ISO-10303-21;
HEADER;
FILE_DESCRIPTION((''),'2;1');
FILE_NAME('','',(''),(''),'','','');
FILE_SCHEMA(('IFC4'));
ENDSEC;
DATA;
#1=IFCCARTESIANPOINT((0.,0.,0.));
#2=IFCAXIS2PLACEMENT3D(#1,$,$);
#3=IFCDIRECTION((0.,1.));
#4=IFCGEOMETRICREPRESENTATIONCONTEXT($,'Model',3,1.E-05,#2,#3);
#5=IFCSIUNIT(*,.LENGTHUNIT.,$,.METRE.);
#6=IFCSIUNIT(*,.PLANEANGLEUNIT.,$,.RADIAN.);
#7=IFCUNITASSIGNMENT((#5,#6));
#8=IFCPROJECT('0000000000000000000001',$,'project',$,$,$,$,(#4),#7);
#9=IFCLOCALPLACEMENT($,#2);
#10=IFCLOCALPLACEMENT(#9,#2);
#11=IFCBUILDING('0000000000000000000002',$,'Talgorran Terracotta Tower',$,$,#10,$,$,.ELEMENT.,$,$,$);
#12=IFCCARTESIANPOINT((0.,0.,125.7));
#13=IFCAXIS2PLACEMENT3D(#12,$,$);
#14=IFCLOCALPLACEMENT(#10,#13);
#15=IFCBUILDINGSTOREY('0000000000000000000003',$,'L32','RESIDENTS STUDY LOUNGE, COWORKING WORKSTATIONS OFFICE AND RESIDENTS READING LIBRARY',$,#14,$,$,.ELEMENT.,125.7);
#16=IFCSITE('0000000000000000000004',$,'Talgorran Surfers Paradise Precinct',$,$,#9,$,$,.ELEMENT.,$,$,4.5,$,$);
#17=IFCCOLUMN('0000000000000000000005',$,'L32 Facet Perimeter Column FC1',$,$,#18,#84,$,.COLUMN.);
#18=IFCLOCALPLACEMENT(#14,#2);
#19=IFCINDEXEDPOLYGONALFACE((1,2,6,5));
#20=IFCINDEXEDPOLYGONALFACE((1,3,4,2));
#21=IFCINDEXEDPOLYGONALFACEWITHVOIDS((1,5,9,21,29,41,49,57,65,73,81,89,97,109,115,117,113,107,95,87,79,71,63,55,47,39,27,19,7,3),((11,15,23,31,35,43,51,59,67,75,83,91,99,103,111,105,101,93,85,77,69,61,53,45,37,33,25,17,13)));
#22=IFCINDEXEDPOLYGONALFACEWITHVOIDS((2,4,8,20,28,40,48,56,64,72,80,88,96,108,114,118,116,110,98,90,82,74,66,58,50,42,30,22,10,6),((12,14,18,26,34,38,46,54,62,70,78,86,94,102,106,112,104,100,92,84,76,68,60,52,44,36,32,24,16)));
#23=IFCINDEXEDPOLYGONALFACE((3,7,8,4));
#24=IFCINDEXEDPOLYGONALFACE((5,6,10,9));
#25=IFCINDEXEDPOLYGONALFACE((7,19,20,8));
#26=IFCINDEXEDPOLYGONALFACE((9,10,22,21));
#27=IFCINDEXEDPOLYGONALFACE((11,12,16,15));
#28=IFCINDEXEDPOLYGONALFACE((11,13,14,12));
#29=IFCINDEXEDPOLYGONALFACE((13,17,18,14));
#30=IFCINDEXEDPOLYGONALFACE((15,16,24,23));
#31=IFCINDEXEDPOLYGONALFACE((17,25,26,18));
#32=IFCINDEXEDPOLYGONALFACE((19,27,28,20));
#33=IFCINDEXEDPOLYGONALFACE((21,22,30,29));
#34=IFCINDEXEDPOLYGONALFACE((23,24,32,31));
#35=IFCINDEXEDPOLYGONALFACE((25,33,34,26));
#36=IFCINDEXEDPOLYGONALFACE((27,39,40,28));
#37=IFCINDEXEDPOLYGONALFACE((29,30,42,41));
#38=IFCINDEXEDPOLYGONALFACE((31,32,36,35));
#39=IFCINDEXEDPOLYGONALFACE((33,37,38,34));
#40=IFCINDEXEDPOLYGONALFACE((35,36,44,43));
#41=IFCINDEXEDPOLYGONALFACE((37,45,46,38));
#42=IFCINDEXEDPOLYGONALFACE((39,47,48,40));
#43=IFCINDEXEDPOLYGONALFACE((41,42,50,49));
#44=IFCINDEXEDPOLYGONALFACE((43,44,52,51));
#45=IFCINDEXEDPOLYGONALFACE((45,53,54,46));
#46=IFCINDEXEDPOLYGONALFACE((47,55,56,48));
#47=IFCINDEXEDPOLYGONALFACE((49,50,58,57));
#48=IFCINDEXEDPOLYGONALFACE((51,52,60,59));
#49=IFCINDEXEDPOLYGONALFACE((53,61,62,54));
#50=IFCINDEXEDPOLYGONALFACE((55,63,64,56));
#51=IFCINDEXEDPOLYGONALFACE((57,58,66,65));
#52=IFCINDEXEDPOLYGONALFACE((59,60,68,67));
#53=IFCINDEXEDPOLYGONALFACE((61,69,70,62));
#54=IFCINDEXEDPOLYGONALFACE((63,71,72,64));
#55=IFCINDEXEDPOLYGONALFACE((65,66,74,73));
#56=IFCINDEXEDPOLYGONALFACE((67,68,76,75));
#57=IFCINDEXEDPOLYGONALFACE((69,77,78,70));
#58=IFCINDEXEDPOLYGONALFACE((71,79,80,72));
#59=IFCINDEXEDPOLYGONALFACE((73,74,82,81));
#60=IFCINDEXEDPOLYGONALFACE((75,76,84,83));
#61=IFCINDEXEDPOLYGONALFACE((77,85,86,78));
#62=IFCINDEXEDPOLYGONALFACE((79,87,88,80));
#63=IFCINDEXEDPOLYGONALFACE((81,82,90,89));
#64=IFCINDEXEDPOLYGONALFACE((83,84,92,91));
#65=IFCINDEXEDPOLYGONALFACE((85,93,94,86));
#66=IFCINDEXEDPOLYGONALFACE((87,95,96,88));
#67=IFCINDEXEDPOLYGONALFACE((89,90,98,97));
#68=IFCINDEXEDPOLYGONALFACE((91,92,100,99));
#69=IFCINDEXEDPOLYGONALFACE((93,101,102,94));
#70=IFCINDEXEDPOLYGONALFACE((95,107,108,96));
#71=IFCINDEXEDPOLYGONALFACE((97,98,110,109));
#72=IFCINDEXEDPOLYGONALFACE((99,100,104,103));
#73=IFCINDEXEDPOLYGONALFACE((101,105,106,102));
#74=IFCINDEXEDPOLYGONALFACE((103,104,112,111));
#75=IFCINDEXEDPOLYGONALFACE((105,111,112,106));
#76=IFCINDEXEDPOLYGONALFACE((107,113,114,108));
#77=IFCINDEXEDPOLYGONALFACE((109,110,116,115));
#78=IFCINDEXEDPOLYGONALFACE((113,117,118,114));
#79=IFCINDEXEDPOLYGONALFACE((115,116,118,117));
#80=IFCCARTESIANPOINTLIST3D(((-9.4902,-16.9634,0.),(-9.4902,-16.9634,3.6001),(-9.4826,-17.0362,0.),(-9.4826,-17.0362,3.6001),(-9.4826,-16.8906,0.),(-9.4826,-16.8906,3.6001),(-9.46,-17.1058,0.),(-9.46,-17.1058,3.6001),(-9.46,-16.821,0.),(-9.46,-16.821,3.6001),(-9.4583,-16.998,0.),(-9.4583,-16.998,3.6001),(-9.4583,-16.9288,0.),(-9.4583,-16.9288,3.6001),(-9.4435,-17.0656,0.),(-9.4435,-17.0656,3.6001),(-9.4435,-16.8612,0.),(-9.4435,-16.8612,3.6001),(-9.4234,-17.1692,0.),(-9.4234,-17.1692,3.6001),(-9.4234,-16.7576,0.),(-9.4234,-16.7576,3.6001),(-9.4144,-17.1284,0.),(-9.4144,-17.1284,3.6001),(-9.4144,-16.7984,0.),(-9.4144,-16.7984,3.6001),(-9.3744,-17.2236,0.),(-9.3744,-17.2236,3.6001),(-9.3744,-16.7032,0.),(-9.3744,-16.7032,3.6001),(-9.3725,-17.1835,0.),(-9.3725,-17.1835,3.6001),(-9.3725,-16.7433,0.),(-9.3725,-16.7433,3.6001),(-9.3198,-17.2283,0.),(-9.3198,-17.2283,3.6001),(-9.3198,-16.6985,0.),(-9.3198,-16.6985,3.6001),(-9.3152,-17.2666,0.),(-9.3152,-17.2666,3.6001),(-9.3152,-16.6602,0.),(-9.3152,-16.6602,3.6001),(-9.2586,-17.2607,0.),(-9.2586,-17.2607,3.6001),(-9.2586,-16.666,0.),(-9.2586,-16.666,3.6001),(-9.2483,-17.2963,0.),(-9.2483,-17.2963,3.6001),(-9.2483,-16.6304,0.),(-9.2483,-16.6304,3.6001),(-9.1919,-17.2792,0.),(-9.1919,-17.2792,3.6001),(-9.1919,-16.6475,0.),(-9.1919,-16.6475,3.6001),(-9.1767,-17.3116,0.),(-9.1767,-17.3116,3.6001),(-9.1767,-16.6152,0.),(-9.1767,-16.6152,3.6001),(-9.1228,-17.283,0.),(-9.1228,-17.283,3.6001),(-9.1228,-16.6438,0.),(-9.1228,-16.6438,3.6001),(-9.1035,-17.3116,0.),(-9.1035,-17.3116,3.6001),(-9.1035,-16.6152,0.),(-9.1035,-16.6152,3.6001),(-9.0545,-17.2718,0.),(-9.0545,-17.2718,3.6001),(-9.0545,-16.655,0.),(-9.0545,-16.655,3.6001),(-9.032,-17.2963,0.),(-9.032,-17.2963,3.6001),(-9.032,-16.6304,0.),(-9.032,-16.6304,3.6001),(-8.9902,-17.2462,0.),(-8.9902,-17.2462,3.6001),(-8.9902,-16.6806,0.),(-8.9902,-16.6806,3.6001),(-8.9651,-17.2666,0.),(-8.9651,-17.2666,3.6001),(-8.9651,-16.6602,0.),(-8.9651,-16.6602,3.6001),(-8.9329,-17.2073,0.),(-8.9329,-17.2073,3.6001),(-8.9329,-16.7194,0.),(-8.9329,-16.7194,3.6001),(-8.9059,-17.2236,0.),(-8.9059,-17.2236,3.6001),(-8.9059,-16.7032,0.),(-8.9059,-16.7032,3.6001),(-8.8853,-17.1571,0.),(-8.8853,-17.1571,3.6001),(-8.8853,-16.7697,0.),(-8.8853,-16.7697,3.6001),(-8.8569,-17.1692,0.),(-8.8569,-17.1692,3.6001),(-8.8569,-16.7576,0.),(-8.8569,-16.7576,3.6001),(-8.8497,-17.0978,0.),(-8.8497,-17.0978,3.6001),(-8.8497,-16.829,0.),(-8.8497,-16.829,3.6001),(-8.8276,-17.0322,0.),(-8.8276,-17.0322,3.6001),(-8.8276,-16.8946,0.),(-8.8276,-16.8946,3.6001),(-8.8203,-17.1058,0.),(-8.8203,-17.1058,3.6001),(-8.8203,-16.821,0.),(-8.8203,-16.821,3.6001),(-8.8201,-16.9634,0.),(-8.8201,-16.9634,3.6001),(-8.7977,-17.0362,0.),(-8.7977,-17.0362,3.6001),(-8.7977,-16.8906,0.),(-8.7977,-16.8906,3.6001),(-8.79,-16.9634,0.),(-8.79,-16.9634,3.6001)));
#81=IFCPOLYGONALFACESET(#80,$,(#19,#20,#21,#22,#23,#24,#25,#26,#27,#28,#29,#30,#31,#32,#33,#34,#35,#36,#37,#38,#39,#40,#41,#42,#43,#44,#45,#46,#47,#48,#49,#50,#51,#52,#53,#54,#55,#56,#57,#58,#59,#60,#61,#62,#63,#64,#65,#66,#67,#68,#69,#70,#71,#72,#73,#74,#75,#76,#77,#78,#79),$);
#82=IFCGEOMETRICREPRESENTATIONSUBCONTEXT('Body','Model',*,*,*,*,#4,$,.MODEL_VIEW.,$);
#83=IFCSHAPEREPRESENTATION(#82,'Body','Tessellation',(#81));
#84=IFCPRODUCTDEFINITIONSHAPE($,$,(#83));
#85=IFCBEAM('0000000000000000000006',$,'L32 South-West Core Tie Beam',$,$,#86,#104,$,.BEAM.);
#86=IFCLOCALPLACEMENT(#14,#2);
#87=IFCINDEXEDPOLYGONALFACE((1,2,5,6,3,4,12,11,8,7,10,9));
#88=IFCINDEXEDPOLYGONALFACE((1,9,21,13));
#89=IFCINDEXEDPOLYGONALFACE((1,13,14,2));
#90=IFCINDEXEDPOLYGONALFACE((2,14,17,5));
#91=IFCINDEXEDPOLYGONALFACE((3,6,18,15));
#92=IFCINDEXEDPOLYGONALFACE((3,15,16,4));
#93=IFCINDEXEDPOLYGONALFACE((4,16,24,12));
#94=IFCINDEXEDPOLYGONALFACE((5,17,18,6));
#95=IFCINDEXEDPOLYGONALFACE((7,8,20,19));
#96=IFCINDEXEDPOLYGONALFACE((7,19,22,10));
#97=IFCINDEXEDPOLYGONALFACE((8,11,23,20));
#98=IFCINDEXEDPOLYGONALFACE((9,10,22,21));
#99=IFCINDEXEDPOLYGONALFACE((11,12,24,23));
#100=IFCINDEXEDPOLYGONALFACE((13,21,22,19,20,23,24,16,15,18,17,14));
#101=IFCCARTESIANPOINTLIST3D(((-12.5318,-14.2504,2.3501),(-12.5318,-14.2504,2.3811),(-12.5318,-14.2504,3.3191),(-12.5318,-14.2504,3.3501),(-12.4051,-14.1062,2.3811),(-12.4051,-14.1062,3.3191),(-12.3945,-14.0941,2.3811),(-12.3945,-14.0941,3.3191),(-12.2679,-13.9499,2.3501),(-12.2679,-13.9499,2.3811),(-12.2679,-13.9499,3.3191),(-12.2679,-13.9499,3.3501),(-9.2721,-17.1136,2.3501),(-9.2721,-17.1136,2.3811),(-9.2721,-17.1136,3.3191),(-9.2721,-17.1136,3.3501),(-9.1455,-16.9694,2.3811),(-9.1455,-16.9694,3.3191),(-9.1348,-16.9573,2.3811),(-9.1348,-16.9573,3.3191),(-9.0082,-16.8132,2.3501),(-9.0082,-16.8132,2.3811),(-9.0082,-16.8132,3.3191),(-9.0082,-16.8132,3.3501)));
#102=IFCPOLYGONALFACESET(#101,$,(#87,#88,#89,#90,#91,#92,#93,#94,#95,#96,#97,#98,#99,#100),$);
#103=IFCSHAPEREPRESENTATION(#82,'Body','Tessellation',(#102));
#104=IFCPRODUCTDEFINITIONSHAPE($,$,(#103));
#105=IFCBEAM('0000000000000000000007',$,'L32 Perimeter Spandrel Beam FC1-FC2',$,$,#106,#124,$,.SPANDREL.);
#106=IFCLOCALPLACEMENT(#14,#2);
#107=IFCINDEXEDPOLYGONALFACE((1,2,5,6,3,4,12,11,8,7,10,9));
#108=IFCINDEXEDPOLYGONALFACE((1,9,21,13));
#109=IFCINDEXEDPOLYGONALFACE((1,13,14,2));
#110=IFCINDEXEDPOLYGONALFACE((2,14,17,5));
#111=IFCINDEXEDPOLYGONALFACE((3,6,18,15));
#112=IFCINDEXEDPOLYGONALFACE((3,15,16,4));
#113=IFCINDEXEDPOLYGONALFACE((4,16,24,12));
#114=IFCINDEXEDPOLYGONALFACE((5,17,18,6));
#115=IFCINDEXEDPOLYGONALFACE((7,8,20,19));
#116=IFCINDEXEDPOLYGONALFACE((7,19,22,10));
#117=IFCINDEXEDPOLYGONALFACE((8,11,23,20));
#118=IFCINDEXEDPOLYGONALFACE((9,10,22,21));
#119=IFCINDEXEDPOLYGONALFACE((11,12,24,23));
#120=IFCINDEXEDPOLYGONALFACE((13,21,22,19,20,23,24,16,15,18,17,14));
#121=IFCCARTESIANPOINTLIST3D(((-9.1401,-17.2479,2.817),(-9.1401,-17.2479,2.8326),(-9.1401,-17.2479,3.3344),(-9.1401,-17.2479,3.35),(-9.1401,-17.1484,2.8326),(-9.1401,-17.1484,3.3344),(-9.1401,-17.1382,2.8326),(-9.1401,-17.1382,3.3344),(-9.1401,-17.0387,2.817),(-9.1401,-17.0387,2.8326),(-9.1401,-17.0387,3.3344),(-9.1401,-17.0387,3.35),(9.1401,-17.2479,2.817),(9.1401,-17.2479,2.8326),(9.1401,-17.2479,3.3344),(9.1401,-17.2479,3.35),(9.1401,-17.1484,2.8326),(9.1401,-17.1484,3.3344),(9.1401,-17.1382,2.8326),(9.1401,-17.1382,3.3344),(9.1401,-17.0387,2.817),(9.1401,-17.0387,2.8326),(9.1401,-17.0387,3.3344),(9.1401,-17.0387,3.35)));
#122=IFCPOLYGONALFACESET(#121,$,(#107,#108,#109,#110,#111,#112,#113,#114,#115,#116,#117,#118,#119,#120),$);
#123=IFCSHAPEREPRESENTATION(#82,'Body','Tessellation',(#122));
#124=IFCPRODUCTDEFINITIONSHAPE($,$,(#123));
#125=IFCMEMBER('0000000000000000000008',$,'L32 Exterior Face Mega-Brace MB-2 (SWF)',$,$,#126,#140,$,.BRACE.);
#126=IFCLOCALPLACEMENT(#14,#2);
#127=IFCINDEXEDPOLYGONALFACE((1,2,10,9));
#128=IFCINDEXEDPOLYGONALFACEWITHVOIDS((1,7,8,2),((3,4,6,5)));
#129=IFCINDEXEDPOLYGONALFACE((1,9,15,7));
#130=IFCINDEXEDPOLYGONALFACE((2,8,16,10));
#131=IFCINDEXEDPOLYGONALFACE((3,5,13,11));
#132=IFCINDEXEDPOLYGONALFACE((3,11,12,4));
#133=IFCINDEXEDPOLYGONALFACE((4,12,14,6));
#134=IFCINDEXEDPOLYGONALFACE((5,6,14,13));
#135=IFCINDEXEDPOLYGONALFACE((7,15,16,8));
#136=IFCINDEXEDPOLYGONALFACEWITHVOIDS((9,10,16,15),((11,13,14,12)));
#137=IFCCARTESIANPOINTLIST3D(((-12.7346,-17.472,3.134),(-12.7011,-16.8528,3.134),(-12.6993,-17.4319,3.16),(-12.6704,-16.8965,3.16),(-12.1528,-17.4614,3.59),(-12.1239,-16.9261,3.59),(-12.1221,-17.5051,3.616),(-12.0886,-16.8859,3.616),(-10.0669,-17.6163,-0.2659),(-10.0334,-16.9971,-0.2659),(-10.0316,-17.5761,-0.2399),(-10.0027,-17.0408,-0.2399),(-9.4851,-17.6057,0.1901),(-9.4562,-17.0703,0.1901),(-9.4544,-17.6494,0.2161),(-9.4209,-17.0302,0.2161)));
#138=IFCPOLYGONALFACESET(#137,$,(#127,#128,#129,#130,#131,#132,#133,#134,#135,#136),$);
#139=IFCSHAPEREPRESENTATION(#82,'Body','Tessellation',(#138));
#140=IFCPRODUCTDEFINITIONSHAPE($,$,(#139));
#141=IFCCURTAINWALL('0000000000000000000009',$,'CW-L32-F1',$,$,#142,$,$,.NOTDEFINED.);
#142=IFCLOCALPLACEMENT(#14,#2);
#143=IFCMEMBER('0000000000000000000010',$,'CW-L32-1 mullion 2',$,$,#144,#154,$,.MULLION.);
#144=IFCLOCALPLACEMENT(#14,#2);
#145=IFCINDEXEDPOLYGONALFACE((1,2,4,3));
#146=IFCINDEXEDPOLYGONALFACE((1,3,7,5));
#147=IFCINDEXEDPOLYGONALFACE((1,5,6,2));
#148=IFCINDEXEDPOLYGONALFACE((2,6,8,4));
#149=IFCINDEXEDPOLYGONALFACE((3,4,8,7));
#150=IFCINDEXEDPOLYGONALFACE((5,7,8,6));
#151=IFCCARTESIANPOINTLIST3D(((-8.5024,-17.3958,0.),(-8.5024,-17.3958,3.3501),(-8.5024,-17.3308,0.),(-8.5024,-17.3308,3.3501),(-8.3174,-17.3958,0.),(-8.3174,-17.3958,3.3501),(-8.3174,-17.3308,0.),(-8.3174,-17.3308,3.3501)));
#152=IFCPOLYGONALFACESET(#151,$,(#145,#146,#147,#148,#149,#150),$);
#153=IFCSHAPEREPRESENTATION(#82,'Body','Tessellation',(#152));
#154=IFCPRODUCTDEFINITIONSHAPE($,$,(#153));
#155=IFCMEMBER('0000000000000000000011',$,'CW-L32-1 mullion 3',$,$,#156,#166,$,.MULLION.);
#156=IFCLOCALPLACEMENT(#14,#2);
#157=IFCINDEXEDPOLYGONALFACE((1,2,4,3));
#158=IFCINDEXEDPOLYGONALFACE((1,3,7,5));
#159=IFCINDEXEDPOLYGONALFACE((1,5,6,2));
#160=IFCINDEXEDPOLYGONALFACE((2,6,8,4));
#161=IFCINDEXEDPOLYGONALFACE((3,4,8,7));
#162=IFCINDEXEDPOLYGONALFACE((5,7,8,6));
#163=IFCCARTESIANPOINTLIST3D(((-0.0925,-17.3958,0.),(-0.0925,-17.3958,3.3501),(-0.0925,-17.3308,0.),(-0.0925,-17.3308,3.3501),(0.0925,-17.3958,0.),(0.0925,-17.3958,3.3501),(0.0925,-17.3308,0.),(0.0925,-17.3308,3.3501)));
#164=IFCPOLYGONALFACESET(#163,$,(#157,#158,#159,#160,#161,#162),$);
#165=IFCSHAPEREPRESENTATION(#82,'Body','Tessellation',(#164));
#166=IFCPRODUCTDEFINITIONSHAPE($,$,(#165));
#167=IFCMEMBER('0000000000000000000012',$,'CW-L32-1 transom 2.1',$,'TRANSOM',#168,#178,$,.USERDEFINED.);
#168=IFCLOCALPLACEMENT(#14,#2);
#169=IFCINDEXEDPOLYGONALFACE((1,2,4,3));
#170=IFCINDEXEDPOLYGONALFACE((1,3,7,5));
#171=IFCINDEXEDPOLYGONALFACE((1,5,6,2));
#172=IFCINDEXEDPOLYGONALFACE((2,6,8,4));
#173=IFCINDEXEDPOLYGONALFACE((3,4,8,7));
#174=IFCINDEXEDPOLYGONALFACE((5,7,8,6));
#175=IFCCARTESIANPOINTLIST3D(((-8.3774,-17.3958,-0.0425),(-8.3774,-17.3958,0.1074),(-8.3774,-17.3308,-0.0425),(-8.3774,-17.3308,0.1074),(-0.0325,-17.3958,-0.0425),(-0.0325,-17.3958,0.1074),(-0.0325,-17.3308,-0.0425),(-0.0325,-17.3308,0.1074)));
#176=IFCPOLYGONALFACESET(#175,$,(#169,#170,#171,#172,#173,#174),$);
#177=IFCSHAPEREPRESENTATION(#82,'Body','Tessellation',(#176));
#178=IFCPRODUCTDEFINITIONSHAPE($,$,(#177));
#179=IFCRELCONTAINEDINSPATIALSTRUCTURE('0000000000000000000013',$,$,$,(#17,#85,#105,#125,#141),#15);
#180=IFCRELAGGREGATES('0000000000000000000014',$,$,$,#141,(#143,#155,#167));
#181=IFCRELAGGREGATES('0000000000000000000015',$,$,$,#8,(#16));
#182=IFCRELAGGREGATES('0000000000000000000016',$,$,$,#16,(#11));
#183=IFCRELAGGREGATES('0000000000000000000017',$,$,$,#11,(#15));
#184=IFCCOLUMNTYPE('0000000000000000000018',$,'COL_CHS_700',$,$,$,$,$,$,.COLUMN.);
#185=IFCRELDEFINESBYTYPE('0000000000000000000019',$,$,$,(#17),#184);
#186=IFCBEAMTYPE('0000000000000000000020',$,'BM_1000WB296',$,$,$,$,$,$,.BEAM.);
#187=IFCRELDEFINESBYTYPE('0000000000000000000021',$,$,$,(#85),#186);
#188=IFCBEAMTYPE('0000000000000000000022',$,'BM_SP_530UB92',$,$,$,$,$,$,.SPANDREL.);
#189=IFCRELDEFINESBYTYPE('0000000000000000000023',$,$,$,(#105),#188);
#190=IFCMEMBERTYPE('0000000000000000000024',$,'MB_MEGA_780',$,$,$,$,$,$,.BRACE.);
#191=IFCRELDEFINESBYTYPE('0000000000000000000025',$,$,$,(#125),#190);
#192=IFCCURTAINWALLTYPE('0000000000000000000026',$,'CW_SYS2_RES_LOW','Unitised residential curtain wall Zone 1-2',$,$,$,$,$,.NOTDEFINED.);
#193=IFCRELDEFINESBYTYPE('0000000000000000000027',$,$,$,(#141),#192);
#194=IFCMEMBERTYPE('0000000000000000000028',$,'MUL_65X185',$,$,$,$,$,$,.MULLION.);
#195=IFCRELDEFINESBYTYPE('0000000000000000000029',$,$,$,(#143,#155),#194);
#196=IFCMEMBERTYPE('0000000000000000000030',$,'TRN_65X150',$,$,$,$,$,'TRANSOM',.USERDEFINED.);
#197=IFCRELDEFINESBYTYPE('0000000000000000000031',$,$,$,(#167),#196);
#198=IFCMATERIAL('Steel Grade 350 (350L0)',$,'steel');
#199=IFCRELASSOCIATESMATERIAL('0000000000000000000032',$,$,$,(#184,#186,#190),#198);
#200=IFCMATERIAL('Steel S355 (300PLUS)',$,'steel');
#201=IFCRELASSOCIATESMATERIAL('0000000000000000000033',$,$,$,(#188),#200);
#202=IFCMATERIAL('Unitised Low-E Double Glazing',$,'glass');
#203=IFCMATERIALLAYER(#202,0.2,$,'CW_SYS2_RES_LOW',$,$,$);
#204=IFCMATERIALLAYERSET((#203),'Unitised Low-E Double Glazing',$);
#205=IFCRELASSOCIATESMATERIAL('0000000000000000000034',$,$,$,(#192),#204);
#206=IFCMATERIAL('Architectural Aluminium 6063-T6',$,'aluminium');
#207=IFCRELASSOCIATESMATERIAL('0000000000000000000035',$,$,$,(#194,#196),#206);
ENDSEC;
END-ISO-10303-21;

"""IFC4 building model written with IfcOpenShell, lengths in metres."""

from ifc_helpers import new_model, si_unit, direction, frame, origin, origin_2d, place, context, subcontext, project, spatial, rectangle, hollow_rectangle, hollow_circle, i_section, extrude, material, layer, layer_set, material_profile, profile_set, type_object, element, aggregate, save


model = new_model("IFC4")

# Units and contexts
model_context = context("Model", 3, precision=1e-05, world=origin(), true_north=direction((0.0, 1.0)))
body_context = subcontext(model_context, "Body", "Model", "MODEL_VIEW")
ifc_project = project(units=[si_unit("LENGTHUNIT", "METRE"), si_unit("PLANEANGLEUNIT", "RADIAN")], contexts=[model_context])

# Site, building, storey
site_placement = place(None, origin())
site = spatial("IfcSite", under=ifc_project, at=site_placement, Name="Talgorran Surfers Paradise Precinct", CompositionType="ELEMENT", RefElevation=4.5)
building_placement = place(site_placement, origin())
building = spatial("IfcBuilding", under=site, at=building_placement, Name="Talgorran Terracotta Tower", CompositionType="ELEMENT")
storey_placement = place(building_placement, frame((0.0, 0.0, 125.7)))
storey = spatial("IfcBuildingStorey", under=building, at=storey_placement, Name="L32", Description="RESIDENTS STUDY LOUNGE, COWORKING WORKSTATIONS OFFICE AND RESIDENTS READING LIBRARY", CompositionType="ELEMENT", Elevation=125.7)

# Column
ifc_material_1 = material(Name="Steel Grade 350 (350L0)", Category="steel")
ifc_material_profile_1 = material_profile(ifc_material_1, hollow_circle(Radius=0.3501, WallThickness=0.03, at=origin_2d()), Name="CHS700X30")
ifc_profile_set_1 = profile_set([ifc_material_profile_1], Name="Steel Grade 350 (350L0)")
column_type = type_object("IfcColumnType", Name="COL_CHS_700", PredefinedType="COLUMN", material=ifc_profile_set_1)
column_placement = place(storey_placement, frame((-9.1401, -16.9634, 0.0), z_axis=(0.0, 0.0, 1.0), x_axis=(1.0, 0.0, 0.0)))
element("IfcColumn", 1, at=column_placement, inside=storey, type_object=column_type, Name="L32 Facet Perimeter Column FC1", PredefinedType="COLUMN", context=body_context, shape_type="SweptSolid", body=[
    extrude(hollow_circle(Radius=0.3501, WallThickness=0.03, at=origin_2d()), origin(), (0.0, 0.0, 1.0), 3.6001),
])

# Beams
ifc_material_profile_2 = material_profile(ifc_material_1, i_section(OverallWidth=0.3999, OverallDepth=1.0, WebThickness=0.0161, FlangeThickness=0.031, at=origin_2d()), Name="1000WB296")
ifc_profile_set_2 = profile_set([ifc_material_profile_2], Name="Steel Grade 350 (350L0)")
beam_type_1 = type_object("IfcBeamType", Name="BM_1000WB296", PredefinedType="BEAM", material=ifc_profile_set_2)
beam_1_placement = place(storey_placement, frame((-9.1401, -16.9634, 2.8501), z_axis=(-0.75132, 0.659938, 0.0), x_axis=(-0.659938, -0.75132, 0.0)))
element("IfcBeam", 2, at=beam_1_placement, inside=storey, type_object=beam_type_1, Name="L32 South-West Core Tie Beam", PredefinedType="BEAM", context=body_context, shape_type="SweptSolid", body=[
    extrude(i_section(OverallWidth=0.3999, OverallDepth=1.0, WebThickness=0.0161, FlangeThickness=0.031, at=origin_2d()), origin(), (0.0, 0.0, 1.0), 4.3386),
])
ifc_material_2 = material(Name="Steel S355 (300PLUS)", Category="steel")
ifc_material_profile_3 = material_profile(ifc_material_2, i_section(OverallWidth=0.2092, OverallDepth=0.533, WebThickness=0.0103, FlangeThickness=0.0156, at=origin_2d()), Name="530UB92.4")
ifc_profile_set_3 = profile_set([ifc_material_profile_3], Name="Steel S355 (300PLUS)")
beam_type_2 = type_object("IfcBeamType", Name="BM_SP_530UB92", PredefinedType="SPANDREL", material=ifc_profile_set_3)
beam_2_placement = place(storey_placement, frame((-9.1401, -17.1433, 3.0835), z_axis=(1.0, 0.0, 0.0), x_axis=(0.0, 1.0, 0.0)))
element("IfcBeam", 3, at=beam_2_placement, inside=storey, type_object=beam_type_2, Name="L32 Perimeter Spandrel Beam FC1-FC2", PredefinedType="SPANDREL", context=body_context, shape_type="SweptSolid", body=[
    extrude(i_section(OverallWidth=0.2092, OverallDepth=0.533, WebThickness=0.0103, FlangeThickness=0.0156, at=origin_2d()), origin(), (0.0, 0.0, 1.0), 18.2803),
])

# Member
ifc_material_profile_4 = material_profile(ifc_material_1, hollow_rectangle(XDim=0.6201, YDim=0.78, WallThickness=0.042, at=origin_2d()), Name="WBOX780X620X42")
ifc_profile_set_4 = profile_set([ifc_material_profile_4], Name="Steel Grade 350 (350L0)")
member_type_1 = type_object("IfcMemberType", Name="MB_MEGA_780", PredefinedType="BRACE", material=ifc_profile_set_4)
member_1_placement = place(storey_placement, frame((-9.7439, -17.3232, -0.0249), z_axis=(-0.616959, 0.033369, 0.786288), x_axis=(-0.054007, -0.998541, 0.0)))
element("IfcMember", 4, at=member_1_placement, inside=storey, type_object=member_type_1, Name="L32 Exterior Face Mega-Brace MB-2 (SWF)", PredefinedType="BRACE", context=body_context, shape_type="SweptSolid", body=[
    extrude(hollow_rectangle(XDim=0.6201, YDim=0.78, WallThickness=0.042, at=origin_2d()), origin(), (0.0, 0.0, 1.0), 4.324),
])

# Curtain wall, members
ifc_material_3 = material(Name="Unitised Low-E Double Glazing", Category="glass")
ifc_layer_1 = layer(ifc_material_3, 0.2, Name="CW_SYS2_RES_LOW")
ifc_layer_set_1 = layer_set([ifc_layer_1], Name="Unitised Low-E Double Glazing")
curtain_wall_type = type_object("IfcCurtainWallType", Name="CW_SYS2_RES_LOW", Description="Unitised residential curtain wall Zone 1-2", PredefinedType="NOTDEFINED", material=ifc_layer_set_1)
curtain_wall_placement = place(storey_placement, origin())
curtain_wall = element("IfcCurtainWall", 5, at=curtain_wall_placement, inside=storey, type_object=curtain_wall_type, Name="CW-L32-F1", PredefinedType="NOTDEFINED")
ifc_material_4 = material(Name="Architectural Aluminium 6063-T6", Category="aluminium")
ifc_material_profile_5 = material_profile(ifc_material_4, rectangle(XDim=0.0649, YDim=0.1851, at=origin_2d()), Name="CWM65X185")
ifc_profile_set_5 = profile_set([ifc_material_profile_5], Name="Architectural Aluminium 6063-T6")
member_type_2 = type_object("IfcMemberType", Name="MUL_65X185", PredefinedType="MULLION", material=ifc_profile_set_5)
member_2_placement = place(storey_placement, frame((-8.4099, -17.3633, 0.0), z_axis=(0.0, 0.0, 1.0), x_axis=(0.0, 1.0, 0.0)))
member_2 = element("IfcMember", 6, at=member_2_placement, type_object=member_type_2, Name="CW-L32-1 mullion 2", PredefinedType="MULLION", context=body_context, shape_type="SweptSolid", body=[
    extrude(rectangle(XDim=0.0649, YDim=0.1851, at=origin_2d()), origin(), (0.0, 0.0, 1.0), 3.3501),
])
member_3_placement = place(storey_placement, frame((0.0, -17.3633, 0.0), z_axis=(0.0, 0.0, 1.0), x_axis=(0.0, 1.0, 0.0)))
member_3 = element("IfcMember", 7, at=member_3_placement, type_object=member_type_2, Name="CW-L32-1 mullion 3", PredefinedType="MULLION", context=body_context, shape_type="SweptSolid", body=[
    extrude(rectangle(XDim=0.0649, YDim=0.1851, at=origin_2d()), origin(), (0.0, 0.0, 1.0), 3.3501),
])
ifc_material_profile_6 = material_profile(ifc_material_4, rectangle(XDim=0.0649, YDim=0.1499, at=origin_2d()), Name="CWT65X150")
ifc_profile_set_6 = profile_set([ifc_material_profile_6], Name="Architectural Aluminium 6063-T6")
member_type_3 = type_object("IfcMemberType", Name="TRN_65X150", ElementType="TRANSOM", PredefinedType="USERDEFINED", material=ifc_profile_set_6)
member_4_placement = place(storey_placement, frame((-8.3774, -17.3633, 0.0325), z_axis=(1.0, 0.0, 0.0), x_axis=(0.0, 1.0, 0.0)))
member_4 = element("IfcMember", 8, at=member_4_placement, type_object=member_type_3, Name="CW-L32-1 transom 2.1", ObjectType="TRANSOM", PredefinedType="USERDEFINED", context=body_context, shape_type="SweptSolid", body=[
    extrude(rectangle(XDim=0.0649, YDim=0.1499, at=origin_2d()), origin(), (0.0, 0.0, 1.0), 8.345),
])

aggregate(curtain_wall, [member_2, member_3, member_4])

save(model, "model.ifc")
